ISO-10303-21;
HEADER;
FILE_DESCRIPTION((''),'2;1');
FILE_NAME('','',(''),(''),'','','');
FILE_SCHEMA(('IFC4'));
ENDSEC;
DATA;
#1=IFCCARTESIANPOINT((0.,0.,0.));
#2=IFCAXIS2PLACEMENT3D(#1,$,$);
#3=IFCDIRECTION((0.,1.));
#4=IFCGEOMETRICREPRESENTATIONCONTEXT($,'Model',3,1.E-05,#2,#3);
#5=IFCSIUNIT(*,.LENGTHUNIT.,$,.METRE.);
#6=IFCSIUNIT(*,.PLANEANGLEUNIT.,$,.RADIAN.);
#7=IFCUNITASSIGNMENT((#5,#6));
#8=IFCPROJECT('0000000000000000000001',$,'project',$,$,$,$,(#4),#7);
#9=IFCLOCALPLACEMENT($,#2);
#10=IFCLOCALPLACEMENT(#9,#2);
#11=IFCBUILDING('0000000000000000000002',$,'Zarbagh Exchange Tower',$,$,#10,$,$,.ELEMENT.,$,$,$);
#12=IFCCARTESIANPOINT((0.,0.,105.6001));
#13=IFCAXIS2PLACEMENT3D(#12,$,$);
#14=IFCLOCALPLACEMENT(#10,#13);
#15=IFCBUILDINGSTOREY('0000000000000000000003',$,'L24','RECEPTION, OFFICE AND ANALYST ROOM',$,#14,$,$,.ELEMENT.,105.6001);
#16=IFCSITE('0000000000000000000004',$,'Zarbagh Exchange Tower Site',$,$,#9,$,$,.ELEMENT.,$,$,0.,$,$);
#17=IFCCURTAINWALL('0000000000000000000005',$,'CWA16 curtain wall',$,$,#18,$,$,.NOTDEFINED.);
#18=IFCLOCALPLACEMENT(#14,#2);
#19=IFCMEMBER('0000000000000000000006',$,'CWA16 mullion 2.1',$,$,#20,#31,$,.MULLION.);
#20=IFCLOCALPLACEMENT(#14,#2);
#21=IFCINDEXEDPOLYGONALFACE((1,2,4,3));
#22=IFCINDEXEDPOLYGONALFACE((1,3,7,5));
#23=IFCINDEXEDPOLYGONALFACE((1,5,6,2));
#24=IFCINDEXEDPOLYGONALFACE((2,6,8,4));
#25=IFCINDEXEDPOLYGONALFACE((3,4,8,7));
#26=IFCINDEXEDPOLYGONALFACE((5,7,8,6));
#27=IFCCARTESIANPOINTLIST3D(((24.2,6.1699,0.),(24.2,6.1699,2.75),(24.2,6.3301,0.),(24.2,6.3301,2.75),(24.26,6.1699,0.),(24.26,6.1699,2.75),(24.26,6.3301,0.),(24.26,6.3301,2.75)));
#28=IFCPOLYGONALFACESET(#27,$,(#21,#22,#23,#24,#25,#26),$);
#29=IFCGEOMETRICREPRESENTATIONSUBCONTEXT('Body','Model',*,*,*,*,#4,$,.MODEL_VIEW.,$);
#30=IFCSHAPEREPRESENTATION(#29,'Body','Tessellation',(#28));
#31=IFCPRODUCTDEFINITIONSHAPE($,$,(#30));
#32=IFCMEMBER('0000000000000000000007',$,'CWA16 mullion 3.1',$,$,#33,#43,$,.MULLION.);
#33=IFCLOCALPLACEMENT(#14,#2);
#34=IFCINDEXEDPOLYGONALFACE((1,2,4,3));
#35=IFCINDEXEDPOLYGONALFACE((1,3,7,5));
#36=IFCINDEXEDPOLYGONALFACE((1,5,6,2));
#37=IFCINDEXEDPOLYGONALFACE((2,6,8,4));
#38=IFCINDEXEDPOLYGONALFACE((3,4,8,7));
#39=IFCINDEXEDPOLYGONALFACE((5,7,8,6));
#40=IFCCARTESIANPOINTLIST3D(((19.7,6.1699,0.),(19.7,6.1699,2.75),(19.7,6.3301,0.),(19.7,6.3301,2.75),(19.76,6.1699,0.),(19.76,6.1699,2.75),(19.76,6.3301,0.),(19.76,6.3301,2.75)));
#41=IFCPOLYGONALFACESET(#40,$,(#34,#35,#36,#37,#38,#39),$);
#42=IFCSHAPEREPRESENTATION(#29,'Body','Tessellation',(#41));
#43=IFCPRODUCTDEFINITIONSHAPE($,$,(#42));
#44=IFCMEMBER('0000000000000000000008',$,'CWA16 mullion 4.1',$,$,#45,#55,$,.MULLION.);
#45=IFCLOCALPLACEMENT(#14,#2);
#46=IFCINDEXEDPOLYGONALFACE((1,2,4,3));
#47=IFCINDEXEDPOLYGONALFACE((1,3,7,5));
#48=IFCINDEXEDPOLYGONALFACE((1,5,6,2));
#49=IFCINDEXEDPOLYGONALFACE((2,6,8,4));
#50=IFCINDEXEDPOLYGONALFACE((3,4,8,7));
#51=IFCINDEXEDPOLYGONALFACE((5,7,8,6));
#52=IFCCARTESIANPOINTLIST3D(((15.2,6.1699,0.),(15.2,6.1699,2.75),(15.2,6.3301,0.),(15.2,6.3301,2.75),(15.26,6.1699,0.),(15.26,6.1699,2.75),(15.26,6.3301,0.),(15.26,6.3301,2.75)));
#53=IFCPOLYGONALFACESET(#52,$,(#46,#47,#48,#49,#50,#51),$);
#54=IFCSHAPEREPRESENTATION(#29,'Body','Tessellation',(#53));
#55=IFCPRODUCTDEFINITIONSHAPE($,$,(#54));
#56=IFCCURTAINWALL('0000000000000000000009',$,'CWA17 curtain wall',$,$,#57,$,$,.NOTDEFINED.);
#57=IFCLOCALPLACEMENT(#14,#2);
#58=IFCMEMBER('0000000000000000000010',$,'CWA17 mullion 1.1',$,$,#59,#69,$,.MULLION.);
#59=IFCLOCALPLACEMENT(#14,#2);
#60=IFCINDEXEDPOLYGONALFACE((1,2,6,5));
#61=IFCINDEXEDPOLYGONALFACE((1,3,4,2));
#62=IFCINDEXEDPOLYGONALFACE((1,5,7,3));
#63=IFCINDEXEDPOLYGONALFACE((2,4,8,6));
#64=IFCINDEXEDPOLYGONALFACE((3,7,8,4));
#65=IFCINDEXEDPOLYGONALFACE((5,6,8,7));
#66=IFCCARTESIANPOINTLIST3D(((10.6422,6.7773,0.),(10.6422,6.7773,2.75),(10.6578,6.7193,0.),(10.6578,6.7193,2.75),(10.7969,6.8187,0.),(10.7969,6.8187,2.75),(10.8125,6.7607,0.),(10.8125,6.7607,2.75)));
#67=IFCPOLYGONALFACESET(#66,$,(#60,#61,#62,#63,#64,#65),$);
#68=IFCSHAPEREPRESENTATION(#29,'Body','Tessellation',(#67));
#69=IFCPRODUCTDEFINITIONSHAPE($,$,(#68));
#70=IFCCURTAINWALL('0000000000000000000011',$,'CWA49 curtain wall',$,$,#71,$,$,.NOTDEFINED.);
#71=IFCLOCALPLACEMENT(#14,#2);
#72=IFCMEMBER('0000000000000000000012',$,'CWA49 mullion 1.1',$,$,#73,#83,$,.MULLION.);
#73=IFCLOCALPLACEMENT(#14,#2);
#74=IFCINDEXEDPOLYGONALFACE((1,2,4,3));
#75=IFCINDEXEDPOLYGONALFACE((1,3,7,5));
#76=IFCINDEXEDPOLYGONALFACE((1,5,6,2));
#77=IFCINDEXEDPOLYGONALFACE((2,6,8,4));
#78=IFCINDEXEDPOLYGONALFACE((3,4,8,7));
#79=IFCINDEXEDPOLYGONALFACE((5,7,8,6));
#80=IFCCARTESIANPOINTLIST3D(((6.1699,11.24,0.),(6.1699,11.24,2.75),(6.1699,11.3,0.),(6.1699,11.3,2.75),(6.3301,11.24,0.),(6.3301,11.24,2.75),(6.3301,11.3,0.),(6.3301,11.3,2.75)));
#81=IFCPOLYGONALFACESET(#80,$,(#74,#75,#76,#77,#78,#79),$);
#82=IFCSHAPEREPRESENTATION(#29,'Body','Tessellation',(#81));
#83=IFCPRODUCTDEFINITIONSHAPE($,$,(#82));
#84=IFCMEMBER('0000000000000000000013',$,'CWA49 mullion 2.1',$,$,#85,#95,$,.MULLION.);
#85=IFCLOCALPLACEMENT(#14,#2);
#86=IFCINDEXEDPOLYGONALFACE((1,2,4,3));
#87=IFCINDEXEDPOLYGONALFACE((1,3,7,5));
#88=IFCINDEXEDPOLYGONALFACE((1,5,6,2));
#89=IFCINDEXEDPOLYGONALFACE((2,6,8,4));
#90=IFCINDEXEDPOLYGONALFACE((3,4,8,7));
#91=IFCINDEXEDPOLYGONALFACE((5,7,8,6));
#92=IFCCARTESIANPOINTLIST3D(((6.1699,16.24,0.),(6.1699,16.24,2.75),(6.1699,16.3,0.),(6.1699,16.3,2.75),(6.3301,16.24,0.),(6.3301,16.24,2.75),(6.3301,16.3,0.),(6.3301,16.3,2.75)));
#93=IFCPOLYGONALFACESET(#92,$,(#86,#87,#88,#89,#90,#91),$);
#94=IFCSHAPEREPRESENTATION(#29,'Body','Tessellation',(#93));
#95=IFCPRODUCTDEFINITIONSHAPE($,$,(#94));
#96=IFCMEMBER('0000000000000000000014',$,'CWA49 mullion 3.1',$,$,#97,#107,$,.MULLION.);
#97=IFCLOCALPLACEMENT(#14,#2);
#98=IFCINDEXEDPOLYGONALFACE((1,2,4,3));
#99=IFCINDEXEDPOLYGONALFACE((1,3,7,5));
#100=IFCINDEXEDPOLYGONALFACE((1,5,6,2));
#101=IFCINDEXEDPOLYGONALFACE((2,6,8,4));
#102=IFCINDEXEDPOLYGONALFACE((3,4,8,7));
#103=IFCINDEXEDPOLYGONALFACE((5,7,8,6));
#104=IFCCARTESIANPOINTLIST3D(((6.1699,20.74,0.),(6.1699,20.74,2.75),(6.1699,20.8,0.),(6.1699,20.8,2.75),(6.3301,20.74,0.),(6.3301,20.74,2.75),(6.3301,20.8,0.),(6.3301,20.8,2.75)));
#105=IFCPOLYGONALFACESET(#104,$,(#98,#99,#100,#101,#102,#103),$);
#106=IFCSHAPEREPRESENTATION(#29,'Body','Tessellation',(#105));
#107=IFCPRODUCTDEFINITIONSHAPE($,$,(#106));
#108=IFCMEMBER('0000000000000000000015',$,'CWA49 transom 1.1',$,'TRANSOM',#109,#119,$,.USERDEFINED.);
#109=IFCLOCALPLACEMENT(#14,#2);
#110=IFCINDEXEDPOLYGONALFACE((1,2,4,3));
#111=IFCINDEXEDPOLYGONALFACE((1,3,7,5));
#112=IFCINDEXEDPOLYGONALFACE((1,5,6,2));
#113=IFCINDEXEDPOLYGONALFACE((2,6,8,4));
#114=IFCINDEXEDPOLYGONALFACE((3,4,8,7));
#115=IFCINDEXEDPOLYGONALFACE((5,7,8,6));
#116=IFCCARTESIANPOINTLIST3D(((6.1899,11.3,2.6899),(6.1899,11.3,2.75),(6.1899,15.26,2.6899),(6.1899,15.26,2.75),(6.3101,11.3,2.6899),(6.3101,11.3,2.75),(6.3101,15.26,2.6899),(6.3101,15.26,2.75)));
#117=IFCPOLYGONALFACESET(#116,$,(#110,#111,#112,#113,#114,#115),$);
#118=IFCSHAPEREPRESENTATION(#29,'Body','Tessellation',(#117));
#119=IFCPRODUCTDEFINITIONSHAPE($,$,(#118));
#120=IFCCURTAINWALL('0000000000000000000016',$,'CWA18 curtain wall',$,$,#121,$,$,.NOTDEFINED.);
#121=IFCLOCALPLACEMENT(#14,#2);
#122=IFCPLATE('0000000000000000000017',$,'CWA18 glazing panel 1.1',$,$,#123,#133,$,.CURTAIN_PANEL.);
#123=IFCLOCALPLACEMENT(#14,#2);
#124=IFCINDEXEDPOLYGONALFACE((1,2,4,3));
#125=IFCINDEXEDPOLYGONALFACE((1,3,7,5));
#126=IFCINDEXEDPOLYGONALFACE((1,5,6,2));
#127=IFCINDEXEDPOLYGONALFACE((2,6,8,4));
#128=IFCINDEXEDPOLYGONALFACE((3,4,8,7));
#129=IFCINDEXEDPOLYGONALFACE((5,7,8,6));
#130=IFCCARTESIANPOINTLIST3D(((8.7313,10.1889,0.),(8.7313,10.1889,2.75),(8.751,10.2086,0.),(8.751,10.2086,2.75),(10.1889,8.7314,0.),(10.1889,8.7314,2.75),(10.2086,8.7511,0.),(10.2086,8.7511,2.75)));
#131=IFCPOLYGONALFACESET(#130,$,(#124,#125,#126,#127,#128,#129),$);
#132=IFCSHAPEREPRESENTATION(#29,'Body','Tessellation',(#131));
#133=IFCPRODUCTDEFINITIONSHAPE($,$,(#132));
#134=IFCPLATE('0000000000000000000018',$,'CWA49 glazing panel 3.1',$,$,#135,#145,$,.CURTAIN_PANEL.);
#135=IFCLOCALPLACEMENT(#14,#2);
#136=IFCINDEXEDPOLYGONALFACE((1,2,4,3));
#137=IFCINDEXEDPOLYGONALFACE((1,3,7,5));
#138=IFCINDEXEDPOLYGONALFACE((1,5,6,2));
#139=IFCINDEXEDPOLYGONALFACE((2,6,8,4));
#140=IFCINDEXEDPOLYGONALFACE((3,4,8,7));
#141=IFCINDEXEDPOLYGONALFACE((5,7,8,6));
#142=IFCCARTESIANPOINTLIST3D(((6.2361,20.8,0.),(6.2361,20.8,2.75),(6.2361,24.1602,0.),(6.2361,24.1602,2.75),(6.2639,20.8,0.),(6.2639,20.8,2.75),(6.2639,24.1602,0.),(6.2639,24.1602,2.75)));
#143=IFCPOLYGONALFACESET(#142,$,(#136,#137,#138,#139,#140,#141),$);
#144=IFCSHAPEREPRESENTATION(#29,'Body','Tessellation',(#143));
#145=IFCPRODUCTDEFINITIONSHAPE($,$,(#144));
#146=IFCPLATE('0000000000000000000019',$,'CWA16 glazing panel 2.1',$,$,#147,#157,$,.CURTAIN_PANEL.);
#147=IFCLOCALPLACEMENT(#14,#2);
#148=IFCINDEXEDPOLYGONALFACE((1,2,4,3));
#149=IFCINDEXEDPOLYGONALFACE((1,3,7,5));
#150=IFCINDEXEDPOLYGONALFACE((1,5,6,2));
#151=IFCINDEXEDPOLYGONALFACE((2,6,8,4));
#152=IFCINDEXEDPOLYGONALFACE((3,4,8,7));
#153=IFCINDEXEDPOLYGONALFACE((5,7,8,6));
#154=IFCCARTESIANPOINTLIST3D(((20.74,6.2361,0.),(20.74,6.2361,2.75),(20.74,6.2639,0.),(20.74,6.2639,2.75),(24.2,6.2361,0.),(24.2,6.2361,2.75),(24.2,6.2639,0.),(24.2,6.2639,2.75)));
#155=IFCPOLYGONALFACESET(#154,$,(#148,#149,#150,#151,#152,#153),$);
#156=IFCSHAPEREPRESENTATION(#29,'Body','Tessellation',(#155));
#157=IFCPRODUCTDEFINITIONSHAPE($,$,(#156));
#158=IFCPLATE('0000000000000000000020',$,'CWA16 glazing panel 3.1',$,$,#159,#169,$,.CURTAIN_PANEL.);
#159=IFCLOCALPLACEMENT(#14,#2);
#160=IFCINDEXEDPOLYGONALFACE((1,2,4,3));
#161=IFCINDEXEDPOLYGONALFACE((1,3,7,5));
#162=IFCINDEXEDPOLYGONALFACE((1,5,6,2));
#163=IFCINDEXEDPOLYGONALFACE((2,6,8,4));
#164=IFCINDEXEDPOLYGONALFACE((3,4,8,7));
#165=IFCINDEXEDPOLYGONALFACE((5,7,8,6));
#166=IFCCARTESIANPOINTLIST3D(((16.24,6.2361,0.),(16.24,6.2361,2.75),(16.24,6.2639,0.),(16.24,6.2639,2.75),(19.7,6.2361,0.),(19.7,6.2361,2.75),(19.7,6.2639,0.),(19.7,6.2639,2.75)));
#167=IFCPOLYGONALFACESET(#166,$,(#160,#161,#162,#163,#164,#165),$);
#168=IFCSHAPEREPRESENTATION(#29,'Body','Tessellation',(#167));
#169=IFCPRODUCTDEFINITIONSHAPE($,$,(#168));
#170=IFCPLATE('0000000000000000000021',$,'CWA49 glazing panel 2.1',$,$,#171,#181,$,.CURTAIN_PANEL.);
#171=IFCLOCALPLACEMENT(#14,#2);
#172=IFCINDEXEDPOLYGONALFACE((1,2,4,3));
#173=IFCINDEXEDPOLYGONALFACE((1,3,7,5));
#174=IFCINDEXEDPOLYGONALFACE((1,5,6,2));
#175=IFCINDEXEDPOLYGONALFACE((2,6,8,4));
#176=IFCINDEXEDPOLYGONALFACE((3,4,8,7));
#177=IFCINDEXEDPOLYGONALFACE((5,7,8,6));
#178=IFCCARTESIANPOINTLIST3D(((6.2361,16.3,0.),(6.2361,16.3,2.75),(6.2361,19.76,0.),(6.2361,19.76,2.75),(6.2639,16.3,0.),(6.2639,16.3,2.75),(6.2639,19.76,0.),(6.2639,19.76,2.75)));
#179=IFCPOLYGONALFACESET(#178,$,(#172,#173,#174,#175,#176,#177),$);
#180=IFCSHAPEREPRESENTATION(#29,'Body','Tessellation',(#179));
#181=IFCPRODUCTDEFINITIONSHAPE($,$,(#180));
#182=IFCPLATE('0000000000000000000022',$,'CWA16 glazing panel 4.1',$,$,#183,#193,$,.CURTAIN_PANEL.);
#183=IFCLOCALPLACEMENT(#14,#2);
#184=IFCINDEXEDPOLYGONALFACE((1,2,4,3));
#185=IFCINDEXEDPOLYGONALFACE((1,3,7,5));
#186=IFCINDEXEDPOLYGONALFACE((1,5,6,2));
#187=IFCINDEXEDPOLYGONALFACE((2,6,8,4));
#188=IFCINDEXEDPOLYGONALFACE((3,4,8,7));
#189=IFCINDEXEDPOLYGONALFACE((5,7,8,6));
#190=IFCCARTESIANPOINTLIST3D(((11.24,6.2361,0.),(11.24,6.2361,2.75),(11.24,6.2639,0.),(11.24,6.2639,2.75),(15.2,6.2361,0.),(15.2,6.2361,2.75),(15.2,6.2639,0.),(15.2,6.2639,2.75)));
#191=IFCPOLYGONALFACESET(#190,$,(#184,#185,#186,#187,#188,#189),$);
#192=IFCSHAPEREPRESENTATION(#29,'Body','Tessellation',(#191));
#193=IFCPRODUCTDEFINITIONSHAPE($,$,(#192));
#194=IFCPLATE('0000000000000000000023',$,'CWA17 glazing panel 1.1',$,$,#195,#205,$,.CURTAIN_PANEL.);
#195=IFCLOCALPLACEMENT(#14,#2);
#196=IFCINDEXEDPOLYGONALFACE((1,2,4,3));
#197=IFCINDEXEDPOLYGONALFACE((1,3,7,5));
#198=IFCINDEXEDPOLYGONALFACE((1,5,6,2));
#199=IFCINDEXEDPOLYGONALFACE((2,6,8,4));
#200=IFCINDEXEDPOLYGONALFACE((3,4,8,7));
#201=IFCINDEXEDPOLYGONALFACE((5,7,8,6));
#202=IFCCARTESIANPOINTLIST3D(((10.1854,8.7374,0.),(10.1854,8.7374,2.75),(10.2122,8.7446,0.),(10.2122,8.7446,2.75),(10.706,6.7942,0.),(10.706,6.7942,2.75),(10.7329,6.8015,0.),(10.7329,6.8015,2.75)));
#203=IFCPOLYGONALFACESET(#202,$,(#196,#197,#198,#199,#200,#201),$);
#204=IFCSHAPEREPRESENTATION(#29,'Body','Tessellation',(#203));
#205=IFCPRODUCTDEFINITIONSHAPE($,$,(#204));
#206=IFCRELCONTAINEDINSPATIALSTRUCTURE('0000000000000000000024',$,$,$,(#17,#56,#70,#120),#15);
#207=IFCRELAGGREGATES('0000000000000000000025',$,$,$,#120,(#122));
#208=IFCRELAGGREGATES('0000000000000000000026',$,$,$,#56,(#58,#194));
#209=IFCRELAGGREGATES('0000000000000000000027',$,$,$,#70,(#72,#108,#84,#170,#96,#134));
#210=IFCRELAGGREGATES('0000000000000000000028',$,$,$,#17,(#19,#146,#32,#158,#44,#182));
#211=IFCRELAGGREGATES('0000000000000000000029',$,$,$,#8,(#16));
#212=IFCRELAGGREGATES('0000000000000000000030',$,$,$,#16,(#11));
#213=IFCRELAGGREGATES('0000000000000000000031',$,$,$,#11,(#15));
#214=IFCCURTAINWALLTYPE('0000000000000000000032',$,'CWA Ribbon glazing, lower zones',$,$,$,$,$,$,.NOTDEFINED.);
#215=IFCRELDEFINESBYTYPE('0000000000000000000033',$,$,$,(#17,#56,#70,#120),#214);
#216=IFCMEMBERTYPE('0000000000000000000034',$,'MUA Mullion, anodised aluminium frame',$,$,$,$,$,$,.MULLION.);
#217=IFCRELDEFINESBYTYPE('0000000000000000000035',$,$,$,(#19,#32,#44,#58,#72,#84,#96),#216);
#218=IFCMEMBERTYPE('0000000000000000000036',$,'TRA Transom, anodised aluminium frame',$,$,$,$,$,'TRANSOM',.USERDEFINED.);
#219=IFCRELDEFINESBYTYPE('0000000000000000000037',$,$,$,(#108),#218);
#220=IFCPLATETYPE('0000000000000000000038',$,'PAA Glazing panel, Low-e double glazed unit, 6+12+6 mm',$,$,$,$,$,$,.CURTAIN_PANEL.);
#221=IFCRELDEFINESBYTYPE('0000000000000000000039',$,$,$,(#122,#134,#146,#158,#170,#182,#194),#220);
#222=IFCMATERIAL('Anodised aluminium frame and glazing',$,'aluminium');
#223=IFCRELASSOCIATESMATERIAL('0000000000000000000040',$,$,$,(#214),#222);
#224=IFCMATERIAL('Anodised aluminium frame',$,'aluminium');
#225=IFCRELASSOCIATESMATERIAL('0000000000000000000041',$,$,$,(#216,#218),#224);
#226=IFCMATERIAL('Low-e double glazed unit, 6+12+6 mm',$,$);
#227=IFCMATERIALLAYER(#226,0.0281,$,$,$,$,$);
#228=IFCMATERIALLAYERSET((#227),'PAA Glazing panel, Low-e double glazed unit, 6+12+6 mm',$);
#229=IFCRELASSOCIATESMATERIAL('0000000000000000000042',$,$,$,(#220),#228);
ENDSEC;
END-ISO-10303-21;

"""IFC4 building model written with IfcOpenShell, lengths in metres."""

from ifc_helpers import new_model, si_unit, direction, frame, origin, place, context, subcontext, project, spatial, polyline, outline, extrude, source, transform, mapped, material, layer, layer_set, type_object, element, aggregate, save


model = new_model("IFC4")

# Units and contexts
model_context = context("Model", 3, precision=1e-05, world=origin(), true_north=direction((0.0, 1.0)))
body_context = subcontext(model_context, "Body", "Model", "MODEL_VIEW")
ifc_project = project(units=[si_unit("LENGTHUNIT", "METRE"), si_unit("PLANEANGLEUNIT", "RADIAN")], contexts=[model_context])

# Site, building, storey
site_placement = place(None, origin())
site = spatial("IfcSite", under=ifc_project, at=site_placement, Name="Zarbagh Exchange Tower Site", CompositionType="ELEMENT", RefElevation=0.0)
building_placement = place(site_placement, origin())
building = spatial("IfcBuilding", under=site, at=building_placement, Name="Zarbagh Exchange Tower", CompositionType="ELEMENT")
storey_placement = place(building_placement, frame((0.0, 0.0, 105.6001)))
storey = spatial("IfcBuildingStorey", under=building, at=storey_placement, Name="L24", Description="RECEPTION, OFFICE AND ANALYST ROOM", CompositionType="ELEMENT", Elevation=105.6001)

# Curtain wall, members
ifc_material_1 = material(Name="Anodised aluminium frame and glazing", Category="aluminium")
curtain_wall_type = type_object("IfcCurtainWallType", Name="CWA Ribbon glazing, lower zones", PredefinedType="NOTDEFINED", material=ifc_material_1)
curtain_wall_1_placement = place(storey_placement, origin())
curtain_wall_1 = element("IfcCurtainWall", 1, at=curtain_wall_1_placement, inside=storey, type_object=curtain_wall_type, Name="CWA16 curtain wall", PredefinedType="NOTDEFINED")
ifc_material_2 = material(Name="Anodised aluminium frame", Category="aluminium")
member_type_1 = type_object("IfcMemberType", Name="MUA Mullion, anodised aluminium frame", PredefinedType="MULLION", material=ifc_material_2)
shared_shape_1 = source(origin(), body_context, "Body", "SweptSolid", [
    extrude(outline(polyline([(0.0, -0.0801), (0.0601, -0.0801), (0.0601, 0.0801), (0.0, 0.0801), (0.0, -0.0801)])), origin(), (0.0, 0.0, 1.0), 2.75),
])
placement = place(storey_placement, origin())
member_1 = element("IfcMember", 2, at=placement, type_object=member_type_1, Name="CWA16 mullion 2.1", PredefinedType="MULLION", context=body_context, shape_type="MappedRepresentation", body=[
    mapped(shared_shape_1, transform((24.26, 6.25, 0.0), x_axis=(-1.0, 0.0, 0.0), y_axis=(0.0, -1.0, 0.0), z_axis=(0.0, 0.0, 1.0))),
])
member_2 = element("IfcMember", 3, at=placement, type_object=member_type_1, Name="CWA16 mullion 3.1", PredefinedType="MULLION", context=body_context, shape_type="MappedRepresentation", body=[
    mapped(shared_shape_1, transform((19.76, 6.25, 0.0), x_axis=(-1.0, 0.0, 0.0), y_axis=(0.0, -1.0, 0.0), z_axis=(0.0, 0.0, 1.0))),
])
member_3 = element("IfcMember", 4, at=placement, type_object=member_type_1, Name="CWA16 mullion 4.1", PredefinedType="MULLION", context=body_context, shape_type="MappedRepresentation", body=[
    mapped(shared_shape_1, transform((15.26, 6.25, 0.0), x_axis=(-1.0, 0.0, 0.0), y_axis=(0.0, -1.0, 0.0), z_axis=(0.0, 0.0, 1.0))),
])

# Curtain wall, member
curtain_wall_2_placement = place(storey_placement, origin())
curtain_wall_2 = element("IfcCurtainWall", 5, at=curtain_wall_2_placement, inside=storey, type_object=curtain_wall_type, Name="CWA17 curtain wall", PredefinedType="NOTDEFINED")
member_4 = element("IfcMember", 6, at=placement, type_object=member_type_1, Name="CWA17 mullion 1.1", PredefinedType="MULLION", context=body_context, shape_type="MappedRepresentation", body=[
    mapped(shared_shape_1, transform((10.7351, 6.74, 0.0), x_axis=(-0.258825, 0.965924, 0.0), y_axis=(-0.965924, -0.258825, 0.0), z_axis=(0.0, 0.0, 1.0))),
])

# Curtain wall, members
curtain_wall_3_placement = place(storey_placement, origin())
curtain_wall_3 = element("IfcCurtainWall", 7, at=curtain_wall_3_placement, inside=storey, type_object=curtain_wall_type, Name="CWA49 curtain wall", PredefinedType="NOTDEFINED")
member_5 = element("IfcMember", 8, at=placement, type_object=member_type_1, Name="CWA49 mullion 1.1", PredefinedType="MULLION", context=body_context, shape_type="MappedRepresentation", body=[
    mapped(shared_shape_1, transform((6.25, 11.24, 0.0), x_axis=(0.0, 1.0, 0.0), y_axis=(-1.0, 0.0, 0.0), z_axis=(0.0, 0.0, 1.0))),
])
member_6 = element("IfcMember", 9, at=placement, type_object=member_type_1, Name="CWA49 mullion 2.1", PredefinedType="MULLION", context=body_context, shape_type="MappedRepresentation", body=[
    mapped(shared_shape_1, transform((6.25, 16.24, 0.0), x_axis=(0.0, 1.0, 0.0), y_axis=(-1.0, 0.0, 0.0), z_axis=(0.0, 0.0, 1.0))),
])
member_7 = element("IfcMember", 10, at=placement, type_object=member_type_1, Name="CWA49 mullion 3.1", PredefinedType="MULLION", context=body_context, shape_type="MappedRepresentation", body=[
    mapped(shared_shape_1, transform((6.25, 20.74, 0.0), x_axis=(0.0, 1.0, 0.0), y_axis=(-1.0, 0.0, 0.0), z_axis=(0.0, 0.0, 1.0))),
])
member_type_2 = type_object("IfcMemberType", Name="TRA Transom, anodised aluminium frame", ElementType="TRANSOM", PredefinedType="USERDEFINED", material=ifc_material_2)
shared_shape_2 = source(origin(), body_context, "Body", "SweptSolid", [
    extrude(outline(polyline([(-0.0601, -0.0601), (0.0, -0.0601), (0.0, 0.0601), (-0.0601, 0.0601), (-0.0601, -0.0601)])), origin(), (0.0, 0.0, 1.0), 3.96),
])
member_8 = element("IfcMember", 11, at=placement, type_object=member_type_2, Name="CWA49 transom 1.1", ObjectType="TRANSOM", PredefinedType="USERDEFINED", context=body_context, shape_type="MappedRepresentation", body=[
    mapped(shared_shape_2, transform((6.25, 11.3, 2.75), x_axis=(0.0, 0.0, 1.0), y_axis=(1.0, 0.0, 0.0), z_axis=(0.0, 1.0, 0.0))),
])

# Curtain wall, plate
curtain_wall_4_placement = place(storey_placement, origin())
curtain_wall_4 = element("IfcCurtainWall", 12, at=curtain_wall_4_placement, inside=storey, type_object=curtain_wall_type, Name="CWA18 curtain wall", PredefinedType="NOTDEFINED")
ifc_material_3 = material(Name="Low-e double glazed unit, 6+12+6 mm")
ifc_layer_1 = layer(ifc_material_3, 0.0281)
ifc_layer_set_1 = layer_set([ifc_layer_1], Name="PAA Glazing panel, Low-e double glazed unit, 6+12+6 mm")
plate_type = type_object("IfcPlateType", Name="PAA Glazing panel, Low-e double glazed unit, 6+12+6 mm", PredefinedType="CURTAIN_PANEL", material=ifc_layer_set_1)
shared_shape_3 = source(origin(), body_context, "Body", "SweptSolid", [
    extrude(outline(polyline([(0.0, -0.0139), (2.0613, -0.0139), (2.0613, 0.0139), (0.0, 0.0139), (0.0, -0.0139)])), origin(), (0.0, 0.0, 1.0), 2.75),
])
plate_1 = element("IfcPlate", 13, at=placement, type_object=plate_type, Name="CWA18 glazing panel 1.1", PredefinedType="CURTAIN_PANEL", context=body_context, shape_type="MappedRepresentation", body=[
    mapped(shared_shape_3, transform((10.1987, 8.7412, 0.0), x_axis=(-0.707107, 0.707107, 0.0), y_axis=(-0.707107, -0.707107, 0.0), z_axis=(0.0, 0.0, 1.0))),
])
aggregate(curtain_wall_4, [plate_1])

# Plates
shared_shape_4 = source(origin(), body_context, "Body", "SweptSolid", [
    extrude(outline(polyline([(0.0, -0.0139), (3.3601, -0.0139), (3.3601, 0.0139), (0.0, 0.0139), (0.0, -0.0139)])), origin(), (0.0, 0.0, 1.0), 2.75),
])
plate_2 = element("IfcPlate", 14, at=placement, type_object=plate_type, Name="CWA49 glazing panel 3.1", PredefinedType="CURTAIN_PANEL", context=body_context, shape_type="MappedRepresentation", body=[
    mapped(shared_shape_4, transform((6.25, 20.8, 0.0), x_axis=(0.0, 1.0, 0.0), y_axis=(-1.0, 0.0, 0.0), z_axis=(0.0, 0.0, 1.0))),
])
shared_shape_5 = source(origin(), body_context, "Body", "SweptSolid", [
    extrude(outline(polyline([(0.0, -0.0139), (3.46, -0.0139), (3.46, 0.0139), (0.0, 0.0139), (0.0, -0.0139)])), origin(), (0.0, 0.0, 1.0), 2.75),
])
plate_3 = element("IfcPlate", 15, at=placement, type_object=plate_type, Name="CWA16 glazing panel 2.1", PredefinedType="CURTAIN_PANEL", context=body_context, shape_type="MappedRepresentation", body=[
    mapped(shared_shape_5, transform((24.2, 6.25, 0.0), x_axis=(-1.0, 0.0, 0.0), y_axis=(0.0, -1.0, 0.0), z_axis=(0.0, 0.0, 1.0))),
])
plate_4 = element("IfcPlate", 16, at=placement, type_object=plate_type, Name="CWA16 glazing panel 3.1", PredefinedType="CURTAIN_PANEL", context=body_context, shape_type="MappedRepresentation", body=[
    mapped(shared_shape_5, transform((19.7, 6.25, 0.0), x_axis=(-1.0, 0.0, 0.0), y_axis=(0.0, -1.0, 0.0), z_axis=(0.0, 0.0, 1.0))),
])
plate_5 = element("IfcPlate", 17, at=placement, type_object=plate_type, Name="CWA49 glazing panel 2.1", PredefinedType="CURTAIN_PANEL", context=body_context, shape_type="MappedRepresentation", body=[
    mapped(shared_shape_5, transform((6.25, 16.3, 0.0), x_axis=(0.0, 1.0, 0.0), y_axis=(-1.0, 0.0, 0.0), z_axis=(0.0, 0.0, 1.0))),
])
shared_shape_6 = source(origin(), body_context, "Body", "SweptSolid", [
    extrude(outline(polyline([(0.0, -0.0139), (3.96, -0.0139), (3.96, 0.0139), (0.0, 0.0139), (0.0, -0.0139)])), origin(), (0.0, 0.0, 1.0), 2.75),
])
plate_6 = element("IfcPlate", 18, at=placement, type_object=plate_type, Name="CWA16 glazing panel 4.1", PredefinedType="CURTAIN_PANEL", context=body_context, shape_type="MappedRepresentation", body=[
    mapped(shared_shape_6, transform((15.2, 6.25, 0.0), x_axis=(-1.0, 0.0, 0.0), y_axis=(0.0, -1.0, 0.0), z_axis=(0.0, 0.0, 1.0))),
])
shared_shape_7 = source(origin(), body_context, "Body", "SweptSolid", [
    extrude(outline(polyline([(0.0, -0.0139), (2.0117, -0.0139), (2.0117, 0.0139), (0.0, 0.0139), (0.0, -0.0139)])), origin(), (0.0, 0.0, 1.0), 2.75),
])
plate_7 = element("IfcPlate", 19, at=placement, type_object=plate_type, Name="CWA17 glazing panel 1.1", PredefinedType="CURTAIN_PANEL", context=body_context, shape_type="MappedRepresentation", body=[
    mapped(shared_shape_7, transform((10.7195, 6.7979, 0.0), x_axis=(-0.258825, 0.965924, 0.0), y_axis=(-0.965924, -0.258825, 0.0), z_axis=(0.0, 0.0, 1.0))),
])
aggregate(curtain_wall_2, [member_4, plate_7])

aggregate(curtain_wall_3, [member_5, member_8, member_6, plate_5, member_7, plate_2])
aggregate(curtain_wall_1, [member_1, plate_3, member_2, plate_4, member_3, plate_6])

save(model, "model.ifc")
